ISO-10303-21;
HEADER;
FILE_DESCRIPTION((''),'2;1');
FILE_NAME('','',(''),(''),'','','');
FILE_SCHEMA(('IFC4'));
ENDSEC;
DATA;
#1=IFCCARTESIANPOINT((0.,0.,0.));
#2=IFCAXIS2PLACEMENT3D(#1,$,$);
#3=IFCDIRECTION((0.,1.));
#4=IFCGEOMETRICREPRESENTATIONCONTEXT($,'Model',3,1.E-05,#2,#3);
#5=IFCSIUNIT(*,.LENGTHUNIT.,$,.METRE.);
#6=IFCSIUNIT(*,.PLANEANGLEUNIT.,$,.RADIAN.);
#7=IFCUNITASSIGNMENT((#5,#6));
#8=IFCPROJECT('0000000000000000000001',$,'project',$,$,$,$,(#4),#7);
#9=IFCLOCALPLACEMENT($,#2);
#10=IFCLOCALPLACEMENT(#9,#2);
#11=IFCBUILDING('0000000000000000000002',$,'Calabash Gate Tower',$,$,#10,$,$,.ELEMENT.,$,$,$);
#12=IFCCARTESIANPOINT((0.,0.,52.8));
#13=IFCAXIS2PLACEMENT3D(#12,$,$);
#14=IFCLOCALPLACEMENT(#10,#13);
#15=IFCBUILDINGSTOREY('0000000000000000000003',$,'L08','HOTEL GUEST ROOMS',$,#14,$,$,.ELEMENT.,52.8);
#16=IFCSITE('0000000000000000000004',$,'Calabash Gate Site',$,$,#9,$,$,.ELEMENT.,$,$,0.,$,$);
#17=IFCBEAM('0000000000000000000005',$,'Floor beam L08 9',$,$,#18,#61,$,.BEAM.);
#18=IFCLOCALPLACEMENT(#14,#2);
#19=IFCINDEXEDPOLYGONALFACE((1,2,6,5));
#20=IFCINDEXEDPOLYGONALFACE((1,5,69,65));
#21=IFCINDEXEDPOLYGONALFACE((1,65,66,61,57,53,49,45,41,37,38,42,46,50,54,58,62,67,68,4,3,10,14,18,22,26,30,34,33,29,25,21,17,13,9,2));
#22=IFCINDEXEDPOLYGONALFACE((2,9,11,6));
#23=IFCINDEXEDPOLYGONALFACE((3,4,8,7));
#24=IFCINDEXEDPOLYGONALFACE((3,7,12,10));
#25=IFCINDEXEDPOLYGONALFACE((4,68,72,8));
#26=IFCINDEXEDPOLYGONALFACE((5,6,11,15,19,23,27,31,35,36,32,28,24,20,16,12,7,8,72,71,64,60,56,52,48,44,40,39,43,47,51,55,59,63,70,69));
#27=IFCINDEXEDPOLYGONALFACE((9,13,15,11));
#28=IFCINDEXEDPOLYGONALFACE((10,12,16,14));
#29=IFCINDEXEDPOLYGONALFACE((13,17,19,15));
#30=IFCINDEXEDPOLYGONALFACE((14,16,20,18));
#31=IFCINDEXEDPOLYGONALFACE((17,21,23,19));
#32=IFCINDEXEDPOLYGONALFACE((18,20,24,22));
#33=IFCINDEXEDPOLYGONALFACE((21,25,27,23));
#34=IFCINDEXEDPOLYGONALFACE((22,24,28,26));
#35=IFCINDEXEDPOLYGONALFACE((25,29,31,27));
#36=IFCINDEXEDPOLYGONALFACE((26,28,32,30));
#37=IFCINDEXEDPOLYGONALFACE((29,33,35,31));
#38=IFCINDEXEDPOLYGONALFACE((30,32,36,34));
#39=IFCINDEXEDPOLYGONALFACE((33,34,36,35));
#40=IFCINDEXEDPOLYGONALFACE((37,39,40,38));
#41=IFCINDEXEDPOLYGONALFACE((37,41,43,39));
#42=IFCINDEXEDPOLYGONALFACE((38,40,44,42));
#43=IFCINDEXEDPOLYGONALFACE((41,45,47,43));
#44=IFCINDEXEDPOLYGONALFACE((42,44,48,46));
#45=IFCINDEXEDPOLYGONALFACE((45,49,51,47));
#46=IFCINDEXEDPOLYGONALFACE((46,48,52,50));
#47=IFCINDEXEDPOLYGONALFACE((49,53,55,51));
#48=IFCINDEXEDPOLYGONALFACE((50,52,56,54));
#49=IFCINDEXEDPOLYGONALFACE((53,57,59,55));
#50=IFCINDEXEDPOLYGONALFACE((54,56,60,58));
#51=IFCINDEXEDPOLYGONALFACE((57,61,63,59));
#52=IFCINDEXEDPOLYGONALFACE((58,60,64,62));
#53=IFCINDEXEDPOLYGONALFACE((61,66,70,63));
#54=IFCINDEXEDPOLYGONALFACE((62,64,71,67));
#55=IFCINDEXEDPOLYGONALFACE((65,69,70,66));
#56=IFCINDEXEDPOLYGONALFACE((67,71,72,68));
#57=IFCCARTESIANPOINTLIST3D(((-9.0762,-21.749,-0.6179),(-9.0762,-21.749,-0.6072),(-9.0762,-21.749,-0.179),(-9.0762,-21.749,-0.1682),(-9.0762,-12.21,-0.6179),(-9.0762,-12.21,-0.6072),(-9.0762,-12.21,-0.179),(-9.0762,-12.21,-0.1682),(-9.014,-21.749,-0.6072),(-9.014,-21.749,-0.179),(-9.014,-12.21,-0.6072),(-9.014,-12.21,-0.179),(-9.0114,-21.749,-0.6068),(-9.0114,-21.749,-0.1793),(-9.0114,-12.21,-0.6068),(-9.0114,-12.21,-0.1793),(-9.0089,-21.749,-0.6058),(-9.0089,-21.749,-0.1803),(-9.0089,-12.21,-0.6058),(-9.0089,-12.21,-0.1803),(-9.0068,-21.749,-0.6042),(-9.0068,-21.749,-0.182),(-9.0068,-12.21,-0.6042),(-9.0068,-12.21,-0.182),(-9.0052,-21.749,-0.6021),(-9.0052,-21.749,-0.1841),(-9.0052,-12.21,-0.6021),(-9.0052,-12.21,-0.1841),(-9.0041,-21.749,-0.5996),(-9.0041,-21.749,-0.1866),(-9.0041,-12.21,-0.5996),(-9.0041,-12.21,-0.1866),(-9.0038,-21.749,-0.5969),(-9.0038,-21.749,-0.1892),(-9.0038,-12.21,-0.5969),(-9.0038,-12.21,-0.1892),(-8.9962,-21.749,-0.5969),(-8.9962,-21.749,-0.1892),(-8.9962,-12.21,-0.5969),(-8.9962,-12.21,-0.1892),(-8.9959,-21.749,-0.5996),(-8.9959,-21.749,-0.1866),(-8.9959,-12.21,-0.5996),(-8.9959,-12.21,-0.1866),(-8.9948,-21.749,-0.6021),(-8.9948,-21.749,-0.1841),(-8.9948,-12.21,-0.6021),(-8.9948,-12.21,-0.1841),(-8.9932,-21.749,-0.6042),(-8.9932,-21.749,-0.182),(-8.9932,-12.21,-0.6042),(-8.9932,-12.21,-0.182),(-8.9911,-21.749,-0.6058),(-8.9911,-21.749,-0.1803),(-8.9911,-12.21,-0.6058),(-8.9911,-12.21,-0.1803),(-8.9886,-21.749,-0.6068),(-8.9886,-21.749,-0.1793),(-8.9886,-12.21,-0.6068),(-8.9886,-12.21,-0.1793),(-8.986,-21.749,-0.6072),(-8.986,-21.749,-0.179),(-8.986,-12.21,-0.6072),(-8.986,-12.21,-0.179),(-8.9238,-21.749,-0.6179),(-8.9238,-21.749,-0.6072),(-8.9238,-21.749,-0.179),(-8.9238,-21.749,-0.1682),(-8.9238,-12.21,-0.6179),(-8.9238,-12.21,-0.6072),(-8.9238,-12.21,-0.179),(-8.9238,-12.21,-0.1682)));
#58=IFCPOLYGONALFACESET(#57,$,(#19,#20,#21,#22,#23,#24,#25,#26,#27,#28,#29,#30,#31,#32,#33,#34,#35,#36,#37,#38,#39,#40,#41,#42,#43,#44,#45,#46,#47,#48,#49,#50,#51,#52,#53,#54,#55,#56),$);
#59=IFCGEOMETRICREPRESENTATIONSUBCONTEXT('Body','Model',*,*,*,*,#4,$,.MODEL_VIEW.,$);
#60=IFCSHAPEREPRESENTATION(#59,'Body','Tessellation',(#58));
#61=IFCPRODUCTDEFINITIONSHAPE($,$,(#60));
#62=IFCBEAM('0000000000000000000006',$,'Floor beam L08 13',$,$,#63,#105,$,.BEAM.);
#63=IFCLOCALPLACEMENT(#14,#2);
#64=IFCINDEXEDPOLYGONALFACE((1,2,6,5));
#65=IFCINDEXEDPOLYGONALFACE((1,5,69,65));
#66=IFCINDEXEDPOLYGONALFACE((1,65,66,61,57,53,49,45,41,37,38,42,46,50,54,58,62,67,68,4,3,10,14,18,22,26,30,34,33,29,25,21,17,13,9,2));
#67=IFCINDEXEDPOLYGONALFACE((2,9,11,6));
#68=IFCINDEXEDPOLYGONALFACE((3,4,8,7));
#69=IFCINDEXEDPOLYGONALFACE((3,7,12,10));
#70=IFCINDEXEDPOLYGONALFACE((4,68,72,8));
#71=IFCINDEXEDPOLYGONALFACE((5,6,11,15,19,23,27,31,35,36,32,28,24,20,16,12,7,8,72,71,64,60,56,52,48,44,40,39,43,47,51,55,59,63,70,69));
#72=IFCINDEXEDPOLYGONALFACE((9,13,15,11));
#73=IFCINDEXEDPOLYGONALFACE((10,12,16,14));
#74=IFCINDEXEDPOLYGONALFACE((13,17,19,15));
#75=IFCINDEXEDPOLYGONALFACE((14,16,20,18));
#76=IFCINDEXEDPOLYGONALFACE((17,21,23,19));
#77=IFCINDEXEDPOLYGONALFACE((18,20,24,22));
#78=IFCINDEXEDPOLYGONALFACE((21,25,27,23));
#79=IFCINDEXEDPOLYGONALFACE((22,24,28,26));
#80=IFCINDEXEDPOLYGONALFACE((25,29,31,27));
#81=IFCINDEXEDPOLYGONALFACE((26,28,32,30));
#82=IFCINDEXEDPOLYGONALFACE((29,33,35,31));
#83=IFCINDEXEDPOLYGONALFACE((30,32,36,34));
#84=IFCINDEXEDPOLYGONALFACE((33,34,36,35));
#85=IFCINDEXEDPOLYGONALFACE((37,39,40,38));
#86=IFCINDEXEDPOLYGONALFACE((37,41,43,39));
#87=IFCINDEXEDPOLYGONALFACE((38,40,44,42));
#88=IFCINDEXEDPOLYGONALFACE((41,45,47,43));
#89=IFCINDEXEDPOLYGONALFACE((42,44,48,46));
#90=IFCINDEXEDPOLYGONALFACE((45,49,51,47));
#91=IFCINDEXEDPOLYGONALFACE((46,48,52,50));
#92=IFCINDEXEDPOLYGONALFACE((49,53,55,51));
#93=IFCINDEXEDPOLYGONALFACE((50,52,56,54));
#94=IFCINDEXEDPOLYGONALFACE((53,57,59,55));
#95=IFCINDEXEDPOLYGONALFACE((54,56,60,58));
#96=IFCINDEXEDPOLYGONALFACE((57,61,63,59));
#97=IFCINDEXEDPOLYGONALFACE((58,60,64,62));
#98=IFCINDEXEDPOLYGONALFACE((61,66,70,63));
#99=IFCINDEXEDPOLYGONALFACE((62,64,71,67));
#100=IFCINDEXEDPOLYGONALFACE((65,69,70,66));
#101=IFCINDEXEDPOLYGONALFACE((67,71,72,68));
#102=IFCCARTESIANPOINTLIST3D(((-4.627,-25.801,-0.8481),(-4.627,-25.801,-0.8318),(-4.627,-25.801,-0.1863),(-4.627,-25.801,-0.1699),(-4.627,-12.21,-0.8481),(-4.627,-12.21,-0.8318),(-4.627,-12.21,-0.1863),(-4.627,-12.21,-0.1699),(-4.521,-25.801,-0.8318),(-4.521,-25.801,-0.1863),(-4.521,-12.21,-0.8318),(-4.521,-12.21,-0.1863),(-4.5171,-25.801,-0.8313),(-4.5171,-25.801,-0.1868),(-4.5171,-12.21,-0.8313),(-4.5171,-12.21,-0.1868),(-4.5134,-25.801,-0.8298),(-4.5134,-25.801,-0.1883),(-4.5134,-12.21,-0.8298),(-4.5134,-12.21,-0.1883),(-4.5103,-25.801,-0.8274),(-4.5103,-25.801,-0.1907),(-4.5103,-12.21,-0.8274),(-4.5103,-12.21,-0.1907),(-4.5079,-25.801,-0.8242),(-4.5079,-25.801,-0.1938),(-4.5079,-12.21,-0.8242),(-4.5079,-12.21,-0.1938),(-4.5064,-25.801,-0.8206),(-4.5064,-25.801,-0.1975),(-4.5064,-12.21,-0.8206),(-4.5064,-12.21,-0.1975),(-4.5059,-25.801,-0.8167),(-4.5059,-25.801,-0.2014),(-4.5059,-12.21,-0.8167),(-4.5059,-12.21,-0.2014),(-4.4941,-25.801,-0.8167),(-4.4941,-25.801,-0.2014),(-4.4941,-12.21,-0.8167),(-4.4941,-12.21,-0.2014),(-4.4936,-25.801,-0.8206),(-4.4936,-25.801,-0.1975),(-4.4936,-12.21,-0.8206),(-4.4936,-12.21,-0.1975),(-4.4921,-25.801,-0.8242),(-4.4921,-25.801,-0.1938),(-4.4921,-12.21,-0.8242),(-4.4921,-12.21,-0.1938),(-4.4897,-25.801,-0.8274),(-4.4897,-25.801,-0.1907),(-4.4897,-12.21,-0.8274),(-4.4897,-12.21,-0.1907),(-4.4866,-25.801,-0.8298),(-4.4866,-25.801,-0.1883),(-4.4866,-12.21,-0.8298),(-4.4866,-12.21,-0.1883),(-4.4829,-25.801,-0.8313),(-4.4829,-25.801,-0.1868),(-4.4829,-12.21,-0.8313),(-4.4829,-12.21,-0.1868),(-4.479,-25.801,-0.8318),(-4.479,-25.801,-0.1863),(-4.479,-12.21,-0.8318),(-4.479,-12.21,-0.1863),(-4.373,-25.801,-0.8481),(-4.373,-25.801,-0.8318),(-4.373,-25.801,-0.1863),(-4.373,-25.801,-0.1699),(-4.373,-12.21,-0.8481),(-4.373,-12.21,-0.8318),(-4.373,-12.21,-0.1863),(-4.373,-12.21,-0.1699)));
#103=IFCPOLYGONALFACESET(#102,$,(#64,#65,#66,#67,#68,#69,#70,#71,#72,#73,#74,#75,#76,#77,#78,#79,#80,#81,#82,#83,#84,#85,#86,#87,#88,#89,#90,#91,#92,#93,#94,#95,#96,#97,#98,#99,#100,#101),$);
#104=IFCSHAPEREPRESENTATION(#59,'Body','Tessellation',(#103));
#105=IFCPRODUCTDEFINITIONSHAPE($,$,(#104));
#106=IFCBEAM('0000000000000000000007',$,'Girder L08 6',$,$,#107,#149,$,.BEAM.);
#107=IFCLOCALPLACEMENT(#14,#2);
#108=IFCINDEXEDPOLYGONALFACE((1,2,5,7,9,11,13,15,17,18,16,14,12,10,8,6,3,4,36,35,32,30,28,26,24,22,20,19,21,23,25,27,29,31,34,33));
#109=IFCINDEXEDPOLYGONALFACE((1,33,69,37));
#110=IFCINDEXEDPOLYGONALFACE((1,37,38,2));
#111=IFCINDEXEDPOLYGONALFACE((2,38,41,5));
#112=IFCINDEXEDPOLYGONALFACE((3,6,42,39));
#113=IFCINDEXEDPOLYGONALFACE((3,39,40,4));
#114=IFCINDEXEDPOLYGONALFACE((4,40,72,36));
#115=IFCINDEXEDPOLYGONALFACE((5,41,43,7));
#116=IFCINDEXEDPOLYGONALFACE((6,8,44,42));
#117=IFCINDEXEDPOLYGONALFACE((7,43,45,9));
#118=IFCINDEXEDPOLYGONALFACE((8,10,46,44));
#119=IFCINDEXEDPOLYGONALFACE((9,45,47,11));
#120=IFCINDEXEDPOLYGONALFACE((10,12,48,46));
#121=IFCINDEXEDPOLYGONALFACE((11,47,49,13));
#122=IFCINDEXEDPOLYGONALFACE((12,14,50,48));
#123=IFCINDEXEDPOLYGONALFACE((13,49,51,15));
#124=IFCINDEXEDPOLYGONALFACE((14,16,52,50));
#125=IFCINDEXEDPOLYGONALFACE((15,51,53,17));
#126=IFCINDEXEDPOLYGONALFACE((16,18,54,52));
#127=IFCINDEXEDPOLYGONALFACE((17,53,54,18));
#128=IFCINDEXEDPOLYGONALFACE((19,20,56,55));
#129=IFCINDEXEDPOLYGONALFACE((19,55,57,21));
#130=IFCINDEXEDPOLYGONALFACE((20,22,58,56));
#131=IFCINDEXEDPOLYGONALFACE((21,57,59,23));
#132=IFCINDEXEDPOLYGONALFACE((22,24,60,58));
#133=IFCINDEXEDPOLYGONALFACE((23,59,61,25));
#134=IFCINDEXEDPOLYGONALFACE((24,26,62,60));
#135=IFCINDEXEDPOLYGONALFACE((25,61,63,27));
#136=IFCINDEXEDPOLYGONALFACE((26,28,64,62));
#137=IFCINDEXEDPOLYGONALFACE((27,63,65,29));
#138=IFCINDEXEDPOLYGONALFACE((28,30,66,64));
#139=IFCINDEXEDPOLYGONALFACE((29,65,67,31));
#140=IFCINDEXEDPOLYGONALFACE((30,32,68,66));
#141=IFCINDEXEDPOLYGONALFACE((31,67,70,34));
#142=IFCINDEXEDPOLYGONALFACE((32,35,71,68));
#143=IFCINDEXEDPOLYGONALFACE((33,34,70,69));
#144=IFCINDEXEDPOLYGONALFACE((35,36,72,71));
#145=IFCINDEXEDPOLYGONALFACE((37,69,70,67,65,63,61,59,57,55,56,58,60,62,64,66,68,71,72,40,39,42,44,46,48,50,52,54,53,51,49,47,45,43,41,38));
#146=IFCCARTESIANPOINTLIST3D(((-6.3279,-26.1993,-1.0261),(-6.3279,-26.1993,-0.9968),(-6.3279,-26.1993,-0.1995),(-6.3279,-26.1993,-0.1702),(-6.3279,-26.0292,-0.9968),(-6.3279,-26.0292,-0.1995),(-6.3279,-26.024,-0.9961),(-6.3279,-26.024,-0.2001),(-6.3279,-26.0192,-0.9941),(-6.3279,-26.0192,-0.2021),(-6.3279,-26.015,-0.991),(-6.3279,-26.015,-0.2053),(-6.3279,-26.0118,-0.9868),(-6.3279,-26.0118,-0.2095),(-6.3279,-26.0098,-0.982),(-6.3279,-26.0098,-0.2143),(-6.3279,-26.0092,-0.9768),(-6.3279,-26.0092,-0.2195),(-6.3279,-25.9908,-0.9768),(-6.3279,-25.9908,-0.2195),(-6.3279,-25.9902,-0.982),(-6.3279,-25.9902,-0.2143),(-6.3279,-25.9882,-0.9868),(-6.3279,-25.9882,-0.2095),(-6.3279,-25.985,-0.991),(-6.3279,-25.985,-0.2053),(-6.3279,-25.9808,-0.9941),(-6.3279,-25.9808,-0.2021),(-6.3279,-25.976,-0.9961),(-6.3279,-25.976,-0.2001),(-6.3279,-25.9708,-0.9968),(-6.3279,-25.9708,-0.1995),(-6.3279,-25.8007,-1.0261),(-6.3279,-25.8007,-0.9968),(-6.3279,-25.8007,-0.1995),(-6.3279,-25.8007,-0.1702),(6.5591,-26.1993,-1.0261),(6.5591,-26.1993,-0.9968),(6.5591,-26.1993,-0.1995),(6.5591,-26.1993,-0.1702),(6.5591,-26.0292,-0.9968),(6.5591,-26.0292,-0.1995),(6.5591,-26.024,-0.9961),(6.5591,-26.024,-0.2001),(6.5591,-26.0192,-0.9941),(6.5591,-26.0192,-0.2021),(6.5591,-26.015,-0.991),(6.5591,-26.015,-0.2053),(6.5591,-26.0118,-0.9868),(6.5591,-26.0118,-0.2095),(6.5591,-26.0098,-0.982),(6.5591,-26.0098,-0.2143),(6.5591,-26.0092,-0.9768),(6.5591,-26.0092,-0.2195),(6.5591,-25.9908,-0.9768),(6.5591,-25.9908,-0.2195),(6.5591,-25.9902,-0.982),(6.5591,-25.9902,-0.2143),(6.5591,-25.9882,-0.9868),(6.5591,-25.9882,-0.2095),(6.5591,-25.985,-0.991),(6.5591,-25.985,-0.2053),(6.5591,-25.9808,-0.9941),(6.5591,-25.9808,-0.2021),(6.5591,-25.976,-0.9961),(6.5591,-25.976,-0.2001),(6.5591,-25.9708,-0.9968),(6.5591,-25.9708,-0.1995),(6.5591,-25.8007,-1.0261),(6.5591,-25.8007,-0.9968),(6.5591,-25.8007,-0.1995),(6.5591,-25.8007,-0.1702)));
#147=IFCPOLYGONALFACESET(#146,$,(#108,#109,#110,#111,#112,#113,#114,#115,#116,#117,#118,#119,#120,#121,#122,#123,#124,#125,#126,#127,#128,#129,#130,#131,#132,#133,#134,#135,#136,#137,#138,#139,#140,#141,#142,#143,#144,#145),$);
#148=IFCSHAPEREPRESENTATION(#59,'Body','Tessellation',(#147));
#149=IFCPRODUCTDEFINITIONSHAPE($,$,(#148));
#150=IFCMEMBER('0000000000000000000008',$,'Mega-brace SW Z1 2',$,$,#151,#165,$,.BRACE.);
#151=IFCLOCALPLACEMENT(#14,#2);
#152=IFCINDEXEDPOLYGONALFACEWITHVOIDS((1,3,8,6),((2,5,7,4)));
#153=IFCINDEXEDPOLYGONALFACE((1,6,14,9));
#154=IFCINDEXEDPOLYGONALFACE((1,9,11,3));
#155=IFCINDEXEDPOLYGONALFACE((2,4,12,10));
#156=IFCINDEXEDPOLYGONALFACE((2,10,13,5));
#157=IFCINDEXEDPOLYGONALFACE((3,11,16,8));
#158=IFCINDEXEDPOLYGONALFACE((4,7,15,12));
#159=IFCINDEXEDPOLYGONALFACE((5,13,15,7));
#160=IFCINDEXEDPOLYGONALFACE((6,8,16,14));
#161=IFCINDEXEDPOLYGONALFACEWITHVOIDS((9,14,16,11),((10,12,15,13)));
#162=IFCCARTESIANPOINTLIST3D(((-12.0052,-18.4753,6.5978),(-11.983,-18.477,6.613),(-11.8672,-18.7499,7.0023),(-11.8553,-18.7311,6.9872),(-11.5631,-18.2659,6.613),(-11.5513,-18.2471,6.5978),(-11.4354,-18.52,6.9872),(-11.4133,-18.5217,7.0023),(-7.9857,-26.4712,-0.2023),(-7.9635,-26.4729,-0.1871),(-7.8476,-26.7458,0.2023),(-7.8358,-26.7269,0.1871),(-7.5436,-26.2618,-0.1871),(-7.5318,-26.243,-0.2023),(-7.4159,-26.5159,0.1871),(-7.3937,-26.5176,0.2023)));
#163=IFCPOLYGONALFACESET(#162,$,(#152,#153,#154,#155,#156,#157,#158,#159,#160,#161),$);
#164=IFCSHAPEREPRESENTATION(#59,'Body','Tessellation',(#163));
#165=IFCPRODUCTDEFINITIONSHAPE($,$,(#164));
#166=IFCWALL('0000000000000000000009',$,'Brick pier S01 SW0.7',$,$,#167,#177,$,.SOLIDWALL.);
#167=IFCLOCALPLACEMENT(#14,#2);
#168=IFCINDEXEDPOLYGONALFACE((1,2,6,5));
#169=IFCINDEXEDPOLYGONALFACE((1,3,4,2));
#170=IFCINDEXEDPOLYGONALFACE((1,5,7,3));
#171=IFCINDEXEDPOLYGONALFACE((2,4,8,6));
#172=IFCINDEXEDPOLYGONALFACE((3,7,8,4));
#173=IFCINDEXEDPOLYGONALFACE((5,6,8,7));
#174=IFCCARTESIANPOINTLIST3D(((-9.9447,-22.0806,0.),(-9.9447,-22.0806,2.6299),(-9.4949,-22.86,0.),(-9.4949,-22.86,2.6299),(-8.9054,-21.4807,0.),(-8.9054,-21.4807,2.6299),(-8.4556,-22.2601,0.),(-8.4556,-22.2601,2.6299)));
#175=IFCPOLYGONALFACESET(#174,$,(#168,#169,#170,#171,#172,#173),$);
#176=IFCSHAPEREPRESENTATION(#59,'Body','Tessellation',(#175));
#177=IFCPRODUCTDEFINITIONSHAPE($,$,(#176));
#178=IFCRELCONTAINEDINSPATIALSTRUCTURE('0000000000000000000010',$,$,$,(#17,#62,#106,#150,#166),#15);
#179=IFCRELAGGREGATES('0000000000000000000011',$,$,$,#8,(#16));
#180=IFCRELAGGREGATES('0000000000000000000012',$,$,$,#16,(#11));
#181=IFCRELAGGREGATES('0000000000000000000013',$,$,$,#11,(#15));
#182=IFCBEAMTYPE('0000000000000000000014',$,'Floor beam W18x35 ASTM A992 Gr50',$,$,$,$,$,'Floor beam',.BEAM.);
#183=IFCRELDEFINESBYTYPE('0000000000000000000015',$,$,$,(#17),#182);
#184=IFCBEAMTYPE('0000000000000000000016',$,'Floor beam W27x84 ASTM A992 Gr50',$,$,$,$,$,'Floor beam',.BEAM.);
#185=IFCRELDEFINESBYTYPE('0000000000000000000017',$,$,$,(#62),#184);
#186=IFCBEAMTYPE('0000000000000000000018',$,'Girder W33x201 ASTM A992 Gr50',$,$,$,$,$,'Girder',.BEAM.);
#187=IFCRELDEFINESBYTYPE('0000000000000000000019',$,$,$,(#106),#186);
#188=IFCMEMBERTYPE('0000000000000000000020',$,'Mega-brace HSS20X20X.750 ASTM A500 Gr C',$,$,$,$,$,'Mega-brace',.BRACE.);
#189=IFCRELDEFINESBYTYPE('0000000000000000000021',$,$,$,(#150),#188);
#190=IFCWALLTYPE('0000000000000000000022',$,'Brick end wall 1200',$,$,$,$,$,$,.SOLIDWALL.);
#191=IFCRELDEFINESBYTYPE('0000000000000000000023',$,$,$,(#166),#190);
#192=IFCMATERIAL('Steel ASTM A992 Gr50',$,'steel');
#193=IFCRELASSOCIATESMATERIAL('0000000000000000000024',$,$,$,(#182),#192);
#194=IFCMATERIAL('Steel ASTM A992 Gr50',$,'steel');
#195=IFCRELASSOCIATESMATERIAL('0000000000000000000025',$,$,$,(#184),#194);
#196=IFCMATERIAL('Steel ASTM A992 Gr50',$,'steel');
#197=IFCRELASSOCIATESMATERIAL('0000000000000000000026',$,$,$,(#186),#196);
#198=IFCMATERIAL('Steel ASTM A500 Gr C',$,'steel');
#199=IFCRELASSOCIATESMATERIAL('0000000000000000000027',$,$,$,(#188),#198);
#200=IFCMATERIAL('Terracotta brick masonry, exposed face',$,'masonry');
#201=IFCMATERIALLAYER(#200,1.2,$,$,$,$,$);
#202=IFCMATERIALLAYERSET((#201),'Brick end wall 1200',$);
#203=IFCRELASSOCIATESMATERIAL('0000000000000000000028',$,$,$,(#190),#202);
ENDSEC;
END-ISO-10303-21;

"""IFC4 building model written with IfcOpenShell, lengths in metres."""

from ifc_helpers import new_model, si_unit, direction, frame, frame_2d, origin, origin_2d, place, context, subcontext, project, spatial, rectangle, hollow_rectangle, i_section, extrude, material, layer, layer_set, material_profile, profile_set, type_object, element, save


model = new_model("IFC4")

# Units and contexts
model_context = context("Model", 3, precision=1e-05, world=origin(), true_north=direction((0.0, 1.0)))
body_context = subcontext(model_context, "Body", "Model", "MODEL_VIEW")
ifc_project = project(units=[si_unit("LENGTHUNIT", "METRE"), si_unit("PLANEANGLEUNIT", "RADIAN")], contexts=[model_context])

# Site, building, storey
site_placement = place(None, origin())
site = spatial("IfcSite", under=ifc_project, at=site_placement, Name="Calabash Gate Site", CompositionType="ELEMENT", RefElevation=0.0)
building_placement = place(site_placement, origin())
building = spatial("IfcBuilding", under=site, at=building_placement, Name="Calabash Gate Tower", CompositionType="ELEMENT")
storey_placement = place(building_placement, frame((0.0, 0.0, 52.8)))
storey = spatial("IfcBuildingStorey", under=building, at=storey_placement, Name="L08", Description="HOTEL GUEST ROOMS", CompositionType="ELEMENT", Elevation=52.8)

# Beams
ifc_material_1 = material(Name="Steel ASTM A992 Gr50", Category="steel")
ifc_material_profile_1 = material_profile(ifc_material_1, i_section(OverallWidth=0.1523, OverallDepth=0.4497, WebThickness=0.0076, FlangeThickness=0.0107, FilletRadius=0.0103, at=origin_2d()))
ifc_profile_set_1 = profile_set([ifc_material_profile_1], Name="Steel ASTM A992 Gr50")
beam_type_1 = type_object("IfcBeamType", Name="Floor beam W18x35 ASTM A992 Gr50", ElementType="Floor beam", PredefinedType="BEAM", material=ifc_profile_set_1)
beam_1_placement = place(storey_placement, frame((-9.0, -21.749, -0.3931), z_axis=(0.0, 1.0, 0.0), x_axis=(-1.0, 0.0, 0.0)))
element("IfcBeam", 1, at=beam_1_placement, inside=storey, type_object=beam_type_1, Name="Floor beam L08 9", PredefinedType="BEAM", context=body_context, shape_type="SweptSolid", body=[
    extrude(i_section(OverallWidth=0.1523, OverallDepth=0.4497, WebThickness=0.0076, FlangeThickness=0.0107, FilletRadius=0.0103, at=origin_2d()), origin(), (0.0, 0.0, 1.0), 9.5391),
])
ifc_material_2 = material(Name="Steel ASTM A992 Gr50", Category="steel")
ifc_material_profile_2 = material_profile(ifc_material_2, i_section(OverallWidth=0.2539, OverallDepth=0.6782, WebThickness=0.0117, FlangeThickness=0.0164, FilletRadius=0.0151, at=origin_2d()))
ifc_profile_set_2 = profile_set([ifc_material_profile_2], Name="Steel ASTM A992 Gr50")
beam_type_2 = type_object("IfcBeamType", Name="Floor beam W27x84 ASTM A992 Gr50", ElementType="Floor beam", PredefinedType="BEAM", material=ifc_profile_set_2)
beam_2_placement = place(storey_placement, frame((-4.5, -25.801, -0.509), z_axis=(0.0, 1.0, 0.0), x_axis=(-1.0, 0.0, 0.0)))
element("IfcBeam", 2, at=beam_2_placement, inside=storey, type_object=beam_type_2, Name="Floor beam L08 13", PredefinedType="BEAM", context=body_context, shape_type="SweptSolid", body=[
    extrude(i_section(OverallWidth=0.2539, OverallDepth=0.6782, WebThickness=0.0117, FlangeThickness=0.0164, FilletRadius=0.0151, at=origin_2d()), origin(), (0.0, 0.0, 1.0), 13.5911),
])
ifc_material_3 = material(Name="Steel ASTM A992 Gr50", Category="steel")
ifc_material_profile_3 = material_profile(ifc_material_3, i_section(OverallWidth=0.3987, OverallDepth=0.856, WebThickness=0.0183, FlangeThickness=0.0293, FilletRadius=0.02, at=origin_2d()))
ifc_profile_set_3 = profile_set([ifc_material_profile_3], Name="Steel ASTM A992 Gr50")
beam_type_3 = type_object("IfcBeamType", Name="Girder W33x201 ASTM A992 Gr50", ElementType="Girder", PredefinedType="BEAM", material=ifc_profile_set_3)
beam_3_placement = place(storey_placement, frame((-6.3279, -26.0, -0.5981), z_axis=(1.0, 0.0, 0.0), x_axis=(0.0, 1.0, 0.0)))
element("IfcBeam", 3, at=beam_3_placement, inside=storey, type_object=beam_type_3, Name="Girder L08 6", PredefinedType="BEAM", context=body_context, shape_type="SweptSolid", body=[
    extrude(i_section(OverallWidth=0.3987, OverallDepth=0.856, WebThickness=0.0183, FlangeThickness=0.0293, FilletRadius=0.02, at=origin_2d()), origin(), (0.0, 0.0, 1.0), 12.887),
])

# Member
ifc_material_4 = material(Name="Steel ASTM A500 Gr C", Category="steel")
ifc_material_profile_4 = material_profile(ifc_material_4, hollow_rectangle(XDim=0.5081, YDim=0.5081, WallThickness=0.019, at=origin_2d()))
ifc_profile_set_4 = profile_set([ifc_material_profile_4], Name="Steel ASTM A500 Gr C")
member_type = type_object("IfcMemberType", Name="Mega-brace HSS20X20X.750 ASTM A500 Gr C", ElementType="Mega-brace", PredefinedType="BRACE", material=ifc_profile_set_4)
member_placement = place(storey_placement, frame((-7.6897, -26.4944, 0.0), z_axis=(-0.357619, 0.711393, 0.605003), x_axis=(-0.893459, -0.449144, 0.0)))
element("IfcMember", 4, at=member_placement, inside=storey, type_object=member_type, Name="Mega-brace SW Z1 2", PredefinedType="BRACE", context=body_context, shape_type="SweptSolid", body=[
    extrude(hollow_rectangle(XDim=0.5081, YDim=0.5081, WallThickness=0.019, at=origin_2d()), origin(), (0.0, 0.0, 1.0), 11.2397),
])

# Wall
ifc_material_5 = material(Name="Terracotta brick masonry, exposed face", Category="masonry")
ifc_layer_1 = layer(ifc_material_5, 1.2)
ifc_layer_set_1 = layer_set([ifc_layer_1], Name="Brick end wall 1200")
wall_type_1 = type_object("IfcWallType", Name="Brick end wall 1200", PredefinedType="SOLIDWALL", material=ifc_layer_set_1)
wall_1_placement = place(storey_placement, frame((-8.6804, -21.8704, 0.0), z_axis=(0.0, 0.0, 1.0), x_axis=(-0.866094, -0.499881, 0.0)))
element("IfcWall", 5, at=wall_1_placement, inside=storey, type_object=wall_type_1, Name="Brick pier S01 SW0.7", PredefinedType="SOLIDWALL", context=body_context, shape_type="SweptSolid", body=[
    extrude(rectangle(XDim=1.2, YDim=0.8999, at=frame_2d((0.6001, 0.0))), origin(), (0.0, 0.0, 1.0), 2.6299),
])

save(model, "model.ifc")
